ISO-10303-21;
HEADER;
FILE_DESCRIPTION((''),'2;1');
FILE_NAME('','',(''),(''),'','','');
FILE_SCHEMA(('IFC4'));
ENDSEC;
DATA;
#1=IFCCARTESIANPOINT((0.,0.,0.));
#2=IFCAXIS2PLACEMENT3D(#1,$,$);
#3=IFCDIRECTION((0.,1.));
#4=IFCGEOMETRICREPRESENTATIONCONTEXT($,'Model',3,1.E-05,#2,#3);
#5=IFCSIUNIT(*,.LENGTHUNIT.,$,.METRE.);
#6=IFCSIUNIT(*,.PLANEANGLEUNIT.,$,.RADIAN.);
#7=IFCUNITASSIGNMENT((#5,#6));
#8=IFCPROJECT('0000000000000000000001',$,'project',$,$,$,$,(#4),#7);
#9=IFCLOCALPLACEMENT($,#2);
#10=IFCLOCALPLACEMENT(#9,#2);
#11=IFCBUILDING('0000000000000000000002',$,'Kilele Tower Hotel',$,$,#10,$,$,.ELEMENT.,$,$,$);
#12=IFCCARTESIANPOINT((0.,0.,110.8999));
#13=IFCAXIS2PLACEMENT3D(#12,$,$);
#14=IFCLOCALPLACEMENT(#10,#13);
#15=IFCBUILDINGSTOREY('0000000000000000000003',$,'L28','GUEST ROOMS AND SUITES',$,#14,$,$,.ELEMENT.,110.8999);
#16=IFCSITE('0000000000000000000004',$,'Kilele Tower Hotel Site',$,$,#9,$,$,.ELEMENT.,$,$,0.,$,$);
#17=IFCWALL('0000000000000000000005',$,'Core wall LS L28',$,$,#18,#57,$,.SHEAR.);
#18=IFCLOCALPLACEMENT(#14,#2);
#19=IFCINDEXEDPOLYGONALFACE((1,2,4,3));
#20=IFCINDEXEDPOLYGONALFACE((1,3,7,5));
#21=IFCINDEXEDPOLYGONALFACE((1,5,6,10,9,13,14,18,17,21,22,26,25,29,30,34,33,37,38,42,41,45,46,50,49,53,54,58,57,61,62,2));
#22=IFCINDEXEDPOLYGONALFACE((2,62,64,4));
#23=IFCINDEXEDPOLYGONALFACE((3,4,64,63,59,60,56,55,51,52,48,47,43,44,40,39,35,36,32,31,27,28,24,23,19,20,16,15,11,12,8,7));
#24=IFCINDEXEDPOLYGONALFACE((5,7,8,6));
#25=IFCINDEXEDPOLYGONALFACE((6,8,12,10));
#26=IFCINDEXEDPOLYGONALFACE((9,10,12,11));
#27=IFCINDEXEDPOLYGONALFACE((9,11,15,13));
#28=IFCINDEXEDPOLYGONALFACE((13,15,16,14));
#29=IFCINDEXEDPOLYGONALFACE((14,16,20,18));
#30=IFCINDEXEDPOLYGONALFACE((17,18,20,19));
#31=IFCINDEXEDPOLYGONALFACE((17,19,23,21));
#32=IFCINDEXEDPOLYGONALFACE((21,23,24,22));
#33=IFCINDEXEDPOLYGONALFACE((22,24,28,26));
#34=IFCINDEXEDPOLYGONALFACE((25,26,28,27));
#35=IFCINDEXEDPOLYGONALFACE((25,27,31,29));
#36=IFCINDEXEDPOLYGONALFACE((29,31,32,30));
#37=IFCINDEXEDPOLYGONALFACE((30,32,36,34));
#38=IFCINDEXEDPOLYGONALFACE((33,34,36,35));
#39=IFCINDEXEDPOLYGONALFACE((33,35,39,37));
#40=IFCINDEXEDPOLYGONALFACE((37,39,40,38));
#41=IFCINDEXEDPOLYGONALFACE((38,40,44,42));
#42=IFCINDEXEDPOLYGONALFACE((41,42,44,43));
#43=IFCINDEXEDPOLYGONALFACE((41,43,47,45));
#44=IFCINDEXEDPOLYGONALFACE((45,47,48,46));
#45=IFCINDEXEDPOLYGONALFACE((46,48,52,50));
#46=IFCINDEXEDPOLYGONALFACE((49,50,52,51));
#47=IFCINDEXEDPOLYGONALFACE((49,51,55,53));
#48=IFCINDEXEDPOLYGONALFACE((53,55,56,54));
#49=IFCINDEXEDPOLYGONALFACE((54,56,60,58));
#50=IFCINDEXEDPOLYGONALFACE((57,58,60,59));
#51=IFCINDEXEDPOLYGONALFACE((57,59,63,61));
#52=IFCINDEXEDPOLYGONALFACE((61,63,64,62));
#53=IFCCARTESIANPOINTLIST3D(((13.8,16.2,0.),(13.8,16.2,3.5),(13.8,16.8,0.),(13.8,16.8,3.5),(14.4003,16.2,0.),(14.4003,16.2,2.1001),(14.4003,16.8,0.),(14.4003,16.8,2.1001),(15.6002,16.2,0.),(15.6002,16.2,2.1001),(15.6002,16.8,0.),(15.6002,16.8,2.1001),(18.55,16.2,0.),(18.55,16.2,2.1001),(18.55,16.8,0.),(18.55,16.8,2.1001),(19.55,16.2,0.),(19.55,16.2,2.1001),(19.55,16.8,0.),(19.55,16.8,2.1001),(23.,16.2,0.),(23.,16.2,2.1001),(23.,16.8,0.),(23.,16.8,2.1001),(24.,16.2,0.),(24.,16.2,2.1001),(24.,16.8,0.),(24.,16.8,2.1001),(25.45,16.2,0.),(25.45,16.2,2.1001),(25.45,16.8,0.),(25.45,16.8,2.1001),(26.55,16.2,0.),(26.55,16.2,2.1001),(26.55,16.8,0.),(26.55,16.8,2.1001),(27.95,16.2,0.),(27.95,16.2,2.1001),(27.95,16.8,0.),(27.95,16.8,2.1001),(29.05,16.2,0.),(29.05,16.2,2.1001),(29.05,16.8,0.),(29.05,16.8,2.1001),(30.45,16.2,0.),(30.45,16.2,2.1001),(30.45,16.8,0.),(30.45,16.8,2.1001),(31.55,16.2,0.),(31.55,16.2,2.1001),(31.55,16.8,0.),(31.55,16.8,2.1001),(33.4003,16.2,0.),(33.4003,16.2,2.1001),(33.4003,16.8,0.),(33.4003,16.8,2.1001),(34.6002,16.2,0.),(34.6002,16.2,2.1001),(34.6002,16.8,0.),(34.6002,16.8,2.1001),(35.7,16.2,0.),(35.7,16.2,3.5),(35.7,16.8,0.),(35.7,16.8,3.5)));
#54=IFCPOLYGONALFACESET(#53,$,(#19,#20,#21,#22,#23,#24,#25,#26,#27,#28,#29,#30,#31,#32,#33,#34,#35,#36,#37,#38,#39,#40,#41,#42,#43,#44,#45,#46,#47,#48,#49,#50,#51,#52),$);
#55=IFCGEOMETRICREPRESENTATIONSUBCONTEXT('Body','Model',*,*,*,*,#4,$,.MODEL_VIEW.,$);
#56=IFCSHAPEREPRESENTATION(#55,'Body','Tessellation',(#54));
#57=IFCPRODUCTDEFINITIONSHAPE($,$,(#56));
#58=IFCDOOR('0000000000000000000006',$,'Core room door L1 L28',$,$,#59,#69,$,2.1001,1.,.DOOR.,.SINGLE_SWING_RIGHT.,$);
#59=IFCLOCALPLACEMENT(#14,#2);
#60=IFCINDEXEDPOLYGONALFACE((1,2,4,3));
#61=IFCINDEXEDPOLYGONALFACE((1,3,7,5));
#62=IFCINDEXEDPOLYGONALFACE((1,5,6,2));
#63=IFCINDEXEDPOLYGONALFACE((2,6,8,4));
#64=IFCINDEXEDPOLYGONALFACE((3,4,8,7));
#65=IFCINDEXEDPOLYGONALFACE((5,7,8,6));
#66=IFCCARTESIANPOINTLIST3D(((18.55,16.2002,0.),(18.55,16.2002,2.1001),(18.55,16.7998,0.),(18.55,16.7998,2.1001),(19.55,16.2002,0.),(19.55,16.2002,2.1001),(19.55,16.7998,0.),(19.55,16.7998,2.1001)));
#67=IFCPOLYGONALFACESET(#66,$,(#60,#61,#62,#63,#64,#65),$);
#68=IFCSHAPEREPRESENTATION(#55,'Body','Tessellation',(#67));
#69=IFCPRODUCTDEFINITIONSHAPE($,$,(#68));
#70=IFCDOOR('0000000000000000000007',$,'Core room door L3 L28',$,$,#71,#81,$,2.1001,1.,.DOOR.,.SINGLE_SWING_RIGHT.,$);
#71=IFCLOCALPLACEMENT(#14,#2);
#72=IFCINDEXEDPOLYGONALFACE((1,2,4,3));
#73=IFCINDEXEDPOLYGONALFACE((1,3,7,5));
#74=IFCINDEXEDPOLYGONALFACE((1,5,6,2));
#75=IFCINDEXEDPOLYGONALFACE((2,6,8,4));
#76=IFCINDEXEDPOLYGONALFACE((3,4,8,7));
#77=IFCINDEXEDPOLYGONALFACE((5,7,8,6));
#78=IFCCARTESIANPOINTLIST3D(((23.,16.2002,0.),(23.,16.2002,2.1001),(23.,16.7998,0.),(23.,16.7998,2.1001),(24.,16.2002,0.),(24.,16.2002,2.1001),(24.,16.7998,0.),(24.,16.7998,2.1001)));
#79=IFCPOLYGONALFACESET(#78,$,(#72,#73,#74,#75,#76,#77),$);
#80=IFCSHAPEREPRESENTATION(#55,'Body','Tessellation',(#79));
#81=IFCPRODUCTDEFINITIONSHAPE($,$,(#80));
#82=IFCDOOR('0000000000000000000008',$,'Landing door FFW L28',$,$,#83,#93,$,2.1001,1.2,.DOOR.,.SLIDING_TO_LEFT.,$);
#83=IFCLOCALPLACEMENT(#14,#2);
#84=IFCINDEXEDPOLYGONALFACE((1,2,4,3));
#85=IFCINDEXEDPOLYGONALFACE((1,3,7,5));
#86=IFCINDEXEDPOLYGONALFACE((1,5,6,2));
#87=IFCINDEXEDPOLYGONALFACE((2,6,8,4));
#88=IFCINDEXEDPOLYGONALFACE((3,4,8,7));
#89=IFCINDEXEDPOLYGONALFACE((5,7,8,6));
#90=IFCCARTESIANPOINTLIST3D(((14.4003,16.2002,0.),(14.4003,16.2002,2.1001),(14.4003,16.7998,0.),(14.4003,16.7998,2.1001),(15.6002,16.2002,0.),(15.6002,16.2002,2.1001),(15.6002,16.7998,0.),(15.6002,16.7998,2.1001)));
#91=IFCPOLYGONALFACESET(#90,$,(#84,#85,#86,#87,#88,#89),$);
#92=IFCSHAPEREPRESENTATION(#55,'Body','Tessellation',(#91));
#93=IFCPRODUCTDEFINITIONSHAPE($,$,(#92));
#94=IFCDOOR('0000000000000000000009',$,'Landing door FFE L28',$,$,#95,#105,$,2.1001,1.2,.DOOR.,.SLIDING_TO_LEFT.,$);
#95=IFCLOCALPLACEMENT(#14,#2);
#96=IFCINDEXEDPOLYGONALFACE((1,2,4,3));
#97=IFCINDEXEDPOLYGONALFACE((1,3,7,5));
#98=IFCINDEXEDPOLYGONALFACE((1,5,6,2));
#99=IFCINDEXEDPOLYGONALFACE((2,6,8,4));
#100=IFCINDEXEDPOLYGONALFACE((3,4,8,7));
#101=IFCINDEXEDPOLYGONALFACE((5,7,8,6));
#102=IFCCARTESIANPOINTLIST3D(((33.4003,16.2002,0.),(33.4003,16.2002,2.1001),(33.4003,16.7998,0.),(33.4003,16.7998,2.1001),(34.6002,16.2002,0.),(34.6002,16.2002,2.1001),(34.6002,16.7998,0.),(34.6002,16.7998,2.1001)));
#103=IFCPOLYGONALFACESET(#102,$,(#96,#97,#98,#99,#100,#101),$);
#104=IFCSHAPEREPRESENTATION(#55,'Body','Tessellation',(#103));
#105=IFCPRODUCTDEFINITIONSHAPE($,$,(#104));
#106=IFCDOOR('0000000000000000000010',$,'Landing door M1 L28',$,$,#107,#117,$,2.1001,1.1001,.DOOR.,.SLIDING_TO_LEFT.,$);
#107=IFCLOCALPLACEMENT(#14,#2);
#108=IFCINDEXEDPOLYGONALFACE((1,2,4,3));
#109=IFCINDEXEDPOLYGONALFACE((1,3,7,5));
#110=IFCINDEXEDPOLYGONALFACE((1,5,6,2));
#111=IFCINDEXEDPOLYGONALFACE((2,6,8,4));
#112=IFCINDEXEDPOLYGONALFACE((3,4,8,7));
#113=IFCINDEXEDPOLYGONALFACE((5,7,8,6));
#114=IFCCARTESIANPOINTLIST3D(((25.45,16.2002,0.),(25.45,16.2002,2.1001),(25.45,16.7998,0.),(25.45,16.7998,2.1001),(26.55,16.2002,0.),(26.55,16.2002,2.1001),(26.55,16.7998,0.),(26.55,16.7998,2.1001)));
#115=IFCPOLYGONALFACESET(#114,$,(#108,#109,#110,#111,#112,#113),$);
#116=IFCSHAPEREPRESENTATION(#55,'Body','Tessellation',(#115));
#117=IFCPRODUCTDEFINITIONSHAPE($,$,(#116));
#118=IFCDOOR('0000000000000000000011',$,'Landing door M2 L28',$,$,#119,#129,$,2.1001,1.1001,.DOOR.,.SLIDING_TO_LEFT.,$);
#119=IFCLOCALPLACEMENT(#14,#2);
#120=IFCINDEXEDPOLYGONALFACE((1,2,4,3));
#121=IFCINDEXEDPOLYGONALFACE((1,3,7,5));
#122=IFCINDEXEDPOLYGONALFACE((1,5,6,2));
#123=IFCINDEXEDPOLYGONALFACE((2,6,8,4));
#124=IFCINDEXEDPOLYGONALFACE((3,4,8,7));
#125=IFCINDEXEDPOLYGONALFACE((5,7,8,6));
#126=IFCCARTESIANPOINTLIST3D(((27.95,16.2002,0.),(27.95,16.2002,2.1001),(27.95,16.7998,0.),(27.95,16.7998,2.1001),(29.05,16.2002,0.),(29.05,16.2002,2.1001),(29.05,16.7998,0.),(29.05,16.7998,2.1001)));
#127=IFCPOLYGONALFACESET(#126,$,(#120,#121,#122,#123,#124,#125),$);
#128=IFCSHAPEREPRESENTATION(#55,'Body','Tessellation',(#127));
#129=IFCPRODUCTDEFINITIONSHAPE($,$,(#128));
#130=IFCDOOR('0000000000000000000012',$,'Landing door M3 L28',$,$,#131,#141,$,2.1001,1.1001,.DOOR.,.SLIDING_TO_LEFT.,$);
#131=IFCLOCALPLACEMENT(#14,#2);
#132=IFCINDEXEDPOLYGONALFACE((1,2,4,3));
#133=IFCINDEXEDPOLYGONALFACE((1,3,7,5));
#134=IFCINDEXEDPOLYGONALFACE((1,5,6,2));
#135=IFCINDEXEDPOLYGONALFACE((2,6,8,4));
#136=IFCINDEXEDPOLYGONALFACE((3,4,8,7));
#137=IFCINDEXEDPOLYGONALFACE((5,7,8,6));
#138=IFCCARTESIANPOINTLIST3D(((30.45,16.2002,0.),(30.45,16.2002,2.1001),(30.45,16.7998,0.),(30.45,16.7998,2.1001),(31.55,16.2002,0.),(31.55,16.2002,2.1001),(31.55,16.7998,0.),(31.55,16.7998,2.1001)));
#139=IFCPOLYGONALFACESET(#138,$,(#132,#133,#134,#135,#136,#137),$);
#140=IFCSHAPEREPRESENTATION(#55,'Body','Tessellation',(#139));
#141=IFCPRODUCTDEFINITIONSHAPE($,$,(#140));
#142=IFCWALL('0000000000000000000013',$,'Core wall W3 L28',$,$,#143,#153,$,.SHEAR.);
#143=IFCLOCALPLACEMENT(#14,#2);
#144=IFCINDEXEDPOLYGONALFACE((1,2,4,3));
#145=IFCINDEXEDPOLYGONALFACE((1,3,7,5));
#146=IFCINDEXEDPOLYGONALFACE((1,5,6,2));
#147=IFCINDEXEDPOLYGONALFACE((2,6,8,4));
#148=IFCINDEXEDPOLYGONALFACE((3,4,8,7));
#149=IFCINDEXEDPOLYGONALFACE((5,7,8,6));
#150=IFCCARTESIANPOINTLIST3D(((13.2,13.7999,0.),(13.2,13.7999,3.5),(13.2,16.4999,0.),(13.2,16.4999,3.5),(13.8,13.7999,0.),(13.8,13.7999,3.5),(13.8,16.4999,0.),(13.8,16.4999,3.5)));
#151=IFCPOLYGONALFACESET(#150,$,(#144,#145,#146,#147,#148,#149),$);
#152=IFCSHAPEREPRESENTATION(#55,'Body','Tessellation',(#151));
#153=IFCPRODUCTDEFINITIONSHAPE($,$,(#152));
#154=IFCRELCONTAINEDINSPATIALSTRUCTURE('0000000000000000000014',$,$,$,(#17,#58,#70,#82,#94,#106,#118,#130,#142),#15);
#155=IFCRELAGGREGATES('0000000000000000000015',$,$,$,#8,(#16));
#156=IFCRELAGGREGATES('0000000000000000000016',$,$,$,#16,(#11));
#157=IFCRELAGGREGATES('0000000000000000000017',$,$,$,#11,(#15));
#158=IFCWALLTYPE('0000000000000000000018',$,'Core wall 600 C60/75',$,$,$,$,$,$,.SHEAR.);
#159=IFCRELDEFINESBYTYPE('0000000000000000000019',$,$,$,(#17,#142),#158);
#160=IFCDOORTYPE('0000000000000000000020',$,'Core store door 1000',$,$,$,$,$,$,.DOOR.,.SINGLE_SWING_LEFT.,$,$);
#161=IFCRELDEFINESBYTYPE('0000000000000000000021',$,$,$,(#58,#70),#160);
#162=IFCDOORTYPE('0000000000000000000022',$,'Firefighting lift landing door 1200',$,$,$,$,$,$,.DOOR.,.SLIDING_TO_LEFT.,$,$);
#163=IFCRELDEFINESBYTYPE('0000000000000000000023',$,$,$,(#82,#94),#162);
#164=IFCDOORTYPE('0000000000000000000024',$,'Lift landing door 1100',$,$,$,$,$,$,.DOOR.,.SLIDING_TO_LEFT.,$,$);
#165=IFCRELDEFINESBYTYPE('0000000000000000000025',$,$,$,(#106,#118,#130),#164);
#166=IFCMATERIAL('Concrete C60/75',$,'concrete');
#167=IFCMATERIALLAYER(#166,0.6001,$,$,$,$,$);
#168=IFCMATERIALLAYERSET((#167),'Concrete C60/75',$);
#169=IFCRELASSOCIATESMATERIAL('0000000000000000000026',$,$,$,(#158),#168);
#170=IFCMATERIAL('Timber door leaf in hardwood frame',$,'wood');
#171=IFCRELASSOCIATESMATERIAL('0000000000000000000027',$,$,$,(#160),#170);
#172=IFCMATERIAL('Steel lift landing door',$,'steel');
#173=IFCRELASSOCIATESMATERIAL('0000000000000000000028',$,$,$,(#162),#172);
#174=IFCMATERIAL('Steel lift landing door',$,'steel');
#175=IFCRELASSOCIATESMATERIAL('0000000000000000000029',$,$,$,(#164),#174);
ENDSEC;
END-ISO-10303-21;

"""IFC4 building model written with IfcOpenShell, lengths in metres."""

from ifc_helpers import new_model, si_unit, direction, frame, frame_2d, origin, place, context, subcontext, project, spatial, rectangle, extrude, material, layer, layer_set, type_object, element, fill, save


model = new_model("IFC4")

# Units and contexts
model_context = context("Model", 3, precision=1e-05, world=origin(), true_north=direction((0.0, 1.0)))
body_context = subcontext(model_context, "Body", "Model", "MODEL_VIEW")
ifc_project = project(units=[si_unit("LENGTHUNIT", "METRE"), si_unit("PLANEANGLEUNIT", "RADIAN")], contexts=[model_context])

# Site, building, storey
site_placement = place(None, origin())
site = spatial("IfcSite", under=ifc_project, at=site_placement, Name="Kilele Tower Hotel Site", CompositionType="ELEMENT", RefElevation=0.0)
building_placement = place(site_placement, origin())
building = spatial("IfcBuilding", under=site, at=building_placement, Name="Kilele Tower Hotel", CompositionType="ELEMENT")
storey_placement = place(building_placement, frame((0.0, 0.0, 110.8999)))
storey = spatial("IfcBuildingStorey", under=building, at=storey_placement, Name="L28", Description="GUEST ROOMS AND SUITES", CompositionType="ELEMENT", Elevation=110.8999)

# Shared definitions
ifc_material_1 = material(Name="Concrete C60/75", Category="concrete")
ifc_layer_1 = layer(ifc_material_1, 0.6001)
ifc_layer_set_1 = layer_set([ifc_layer_1], Name="Concrete C60/75")
wall_type_1 = type_object("IfcWallType", Name="Core wall 600 C60/75", PredefinedType="SHEAR", material=ifc_layer_set_1)

# Wall, openings, doors
wall_1_placement = place(storey_placement, frame((13.8, 16.5, 0.0), z_axis=(0.0, 0.0, 1.0), x_axis=(1.0, 0.0, 0.0)))
wall_1 = element("IfcWall", 1, at=wall_1_placement, inside=storey, type_object=wall_type_1, Name="Core wall LS L28", PredefinedType="SHEAR", context=body_context, shape_type="SweptSolid", body=[
    extrude(rectangle(XDim=21.8999, YDim=0.6001, at=frame_2d((10.95, 0.0))), origin(), (0.0, 0.0, 1.0), 3.5),
])
opening_1_placement = place(wall_1_placement, frame((11.6499, 0.0, 0.0)))
opening_1 = element("IfcOpeningElement", 2, at=opening_1_placement, cuts=wall_1, PredefinedType="OPENING", context=body_context, shape_type="SweptSolid", body=[
    extrude(rectangle(XDim=1.1001, YDim=2.1001, at=frame_2d((0.55, 1.05))), frame((0.0, 0.3101, 0.0), z_axis=(0.0, -1.0, 0.0), x_axis=(1.0, 0.0, 0.0)), (0.0, 0.0, 1.0), 0.6201),
])
opening_2_placement = place(wall_1_placement, frame((14.1499, 0.0, 0.0)))
opening_2 = element("IfcOpeningElement", 3, at=opening_2_placement, cuts=wall_1, PredefinedType="OPENING", context=body_context, shape_type="SweptSolid", body=[
    extrude(rectangle(XDim=1.1001, YDim=2.1001, at=frame_2d((0.55, 1.05))), frame((0.0, 0.3101, 0.0), z_axis=(0.0, -1.0, 0.0), x_axis=(1.0, 0.0, 0.0)), (0.0, 0.0, 1.0), 0.6201),
])
opening_3_placement = place(wall_1_placement, frame((16.6499, 0.0, 0.0)))
opening_3 = element("IfcOpeningElement", 4, at=opening_3_placement, cuts=wall_1, PredefinedType="OPENING", context=body_context, shape_type="SweptSolid", body=[
    extrude(rectangle(XDim=1.1001, YDim=2.1001, at=frame_2d((0.55, 1.05))), frame((0.0, 0.3101, 0.0), z_axis=(0.0, -1.0, 0.0), x_axis=(1.0, 0.0, 0.0)), (0.0, 0.0, 1.0), 0.6201),
])
opening_4_placement = place(wall_1_placement, frame((5.75, 0.0, 0.0), z_axis=(0.0, 0.0, 1.0), x_axis=(-1.0, 0.0, 0.0)))
opening_4 = element("IfcOpeningElement", 5, at=opening_4_placement, cuts=wall_1, PredefinedType="OPENING", context=body_context, shape_type="SweptSolid", body=[
    extrude(rectangle(XDim=1.0, YDim=2.1001, at=frame_2d((0.5, 1.05))), frame((0.0, 0.3101, 0.0), z_axis=(0.0, -1.0, 0.0), x_axis=(1.0, 0.0, 0.0)), (0.0, 0.0, 1.0), 0.6201),
])
opening_5_placement = place(wall_1_placement, frame((10.2, 0.0, 0.0), z_axis=(0.0, 0.0, 1.0), x_axis=(-1.0, 0.0, 0.0)))
opening_5 = element("IfcOpeningElement", 6, at=opening_5_placement, cuts=wall_1, PredefinedType="OPENING", context=body_context, shape_type="SweptSolid", body=[
    extrude(rectangle(XDim=1.0, YDim=2.1001, at=frame_2d((0.5, 1.05))), frame((0.0, 0.3101, 0.0), z_axis=(0.0, -1.0, 0.0), x_axis=(1.0, 0.0, 0.0)), (0.0, 0.0, 1.0), 0.6201),
])
opening_6_placement = place(wall_1_placement, frame((0.6001, 0.0, 0.0)))
opening_6 = element("IfcOpeningElement", 7, at=opening_6_placement, cuts=wall_1, PredefinedType="OPENING", context=body_context, shape_type="SweptSolid", body=[
    extrude(rectangle(XDim=1.2, YDim=2.1001, at=frame_2d((0.6001, 1.05))), frame((0.0, 0.3101, 0.0), z_axis=(0.0, -1.0, 0.0), x_axis=(1.0, 0.0, 0.0)), (0.0, 0.0, 1.0), 0.6201),
])
opening_7_placement = place(wall_1_placement, frame((19.6001, 0.0, 0.0)))
opening_7 = element("IfcOpeningElement", 8, at=opening_7_placement, cuts=wall_1, PredefinedType="OPENING", context=body_context, shape_type="SweptSolid", body=[
    extrude(rectangle(XDim=1.2, YDim=2.1001, at=frame_2d((0.6001, 1.05))), frame((0.0, 0.3101, 0.0), z_axis=(0.0, -1.0, 0.0), x_axis=(1.0, 0.0, 0.0)), (0.0, 0.0, 1.0), 0.6201),
])
ifc_material_2 = material(Name="Timber door leaf in hardwood frame", Category="wood")
door_type_1 = type_object("IfcDoorType", Name="Core store door 1000", OperationType="SINGLE_SWING_LEFT", PredefinedType="DOOR", material=ifc_material_2)
door_1_placement = place(opening_4_placement, origin())
door_1 = element("IfcDoor", 9, at=door_1_placement, inside=storey, type_object=door_type_1, Name="Core room door L1 L28", OperationType="SINGLE_SWING_RIGHT", OverallHeight=2.1001, OverallWidth=1.0, PredefinedType="DOOR", context=body_context, shape_type="SweptSolid", body=[
    extrude(rectangle(XDim=1.0, YDim=2.1001, at=frame_2d((0.5, 1.05))), frame((0.0, 0.2998, 0.0), z_axis=(0.0, -1.0, 0.0), x_axis=(1.0, 0.0, 0.0)), (0.0, 0.0, 1.0), 0.5996),
])
fill(opening_4, door_1)
door_2_placement = place(opening_5_placement, origin())
door_2 = element("IfcDoor", 10, at=door_2_placement, inside=storey, type_object=door_type_1, Name="Core room door L3 L28", OperationType="SINGLE_SWING_RIGHT", OverallHeight=2.1001, OverallWidth=1.0, PredefinedType="DOOR", context=body_context, shape_type="SweptSolid", body=[
    extrude(rectangle(XDim=1.0, YDim=2.1001, at=frame_2d((0.5, 1.05))), frame((0.0, 0.2998, 0.0), z_axis=(0.0, -1.0, 0.0), x_axis=(1.0, 0.0, 0.0)), (0.0, 0.0, 1.0), 0.5996),
])
fill(opening_5, door_2)
ifc_material_3 = material(Name="Steel lift landing door", Category="steel")
door_type_2 = type_object("IfcDoorType", Name="Firefighting lift landing door 1200", OperationType="SLIDING_TO_LEFT", PredefinedType="DOOR", material=ifc_material_3)
door_3_placement = place(opening_6_placement, origin())
door_3 = element("IfcDoor", 11, at=door_3_placement, inside=storey, type_object=door_type_2, Name="Landing door FFW L28", OperationType="SLIDING_TO_LEFT", OverallHeight=2.1001, OverallWidth=1.2, PredefinedType="DOOR", context=body_context, shape_type="SweptSolid", body=[
    extrude(rectangle(XDim=1.2, YDim=2.1001, at=frame_2d((0.6001, 1.05))), frame((0.0, 0.2998, 0.0), z_axis=(0.0, -1.0, 0.0), x_axis=(1.0, 0.0, 0.0)), (0.0, 0.0, 1.0), 0.5996),
])
fill(opening_6, door_3)
door_4_placement = place(opening_7_placement, origin())
door_4 = element("IfcDoor", 12, at=door_4_placement, inside=storey, type_object=door_type_2, Name="Landing door FFE L28", OperationType="SLIDING_TO_LEFT", OverallHeight=2.1001, OverallWidth=1.2, PredefinedType="DOOR", context=body_context, shape_type="SweptSolid", body=[
    extrude(rectangle(XDim=1.2, YDim=2.1001, at=frame_2d((0.6001, 1.05))), frame((0.0, 0.2998, 0.0), z_axis=(0.0, -1.0, 0.0), x_axis=(1.0, 0.0, 0.0)), (0.0, 0.0, 1.0), 0.5996),
])
fill(opening_7, door_4)
ifc_material_4 = material(Name="Steel lift landing door", Category="steel")
door_type_3 = type_object("IfcDoorType", Name="Lift landing door 1100", OperationType="SLIDING_TO_LEFT", PredefinedType="DOOR", material=ifc_material_4)
door_5_placement = place(opening_1_placement, origin())
door_5 = element("IfcDoor", 13, at=door_5_placement, inside=storey, type_object=door_type_3, Name="Landing door M1 L28", OperationType="SLIDING_TO_LEFT", OverallHeight=2.1001, OverallWidth=1.1001, PredefinedType="DOOR", context=body_context, shape_type="SweptSolid", body=[
    extrude(rectangle(XDim=1.1001, YDim=2.1001, at=frame_2d((0.55, 1.05))), frame((0.0, 0.2998, 0.0), z_axis=(0.0, -1.0, 0.0), x_axis=(1.0, 0.0, 0.0)), (0.0, 0.0, 1.0), 0.5996),
])
fill(opening_1, door_5)
door_6_placement = place(opening_2_placement, origin())
door_6 = element("IfcDoor", 14, at=door_6_placement, inside=storey, type_object=door_type_3, Name="Landing door M2 L28", OperationType="SLIDING_TO_LEFT", OverallHeight=2.1001, OverallWidth=1.1001, PredefinedType="DOOR", context=body_context, shape_type="SweptSolid", body=[
    extrude(rectangle(XDim=1.1001, YDim=2.1001, at=frame_2d((0.55, 1.05))), frame((0.0, 0.2998, 0.0), z_axis=(0.0, -1.0, 0.0), x_axis=(1.0, 0.0, 0.0)), (0.0, 0.0, 1.0), 0.5996),
])
fill(opening_2, door_6)
door_7_placement = place(opening_3_placement, origin())
door_7 = element("IfcDoor", 15, at=door_7_placement, inside=storey, type_object=door_type_3, Name="Landing door M3 L28", OperationType="SLIDING_TO_LEFT", OverallHeight=2.1001, OverallWidth=1.1001, PredefinedType="DOOR", context=body_context, shape_type="SweptSolid", body=[
    extrude(rectangle(XDim=1.1001, YDim=2.1001, at=frame_2d((0.55, 1.05))), frame((0.0, 0.2998, 0.0), z_axis=(0.0, -1.0, 0.0), x_axis=(1.0, 0.0, 0.0)), (0.0, 0.0, 1.0), 0.5996),
])
fill(opening_3, door_7)

# Wall
wall_2_placement = place(storey_placement, frame((13.5, 16.5, 0.0), z_axis=(0.0, 0.0, 1.0), x_axis=(0.0, -1.0, 0.0)))
element("IfcWall", 16, at=wall_2_placement, inside=storey, type_object=wall_type_1, Name="Core wall W3 L28", PredefinedType="SHEAR", context=body_context, shape_type="SweptSolid", body=[
    extrude(rectangle(XDim=2.7, YDim=0.6001, at=frame_2d((1.3501, 0.0))), origin(), (0.0, 0.0, 1.0), 3.5),
])

save(model, "model.ifc")
